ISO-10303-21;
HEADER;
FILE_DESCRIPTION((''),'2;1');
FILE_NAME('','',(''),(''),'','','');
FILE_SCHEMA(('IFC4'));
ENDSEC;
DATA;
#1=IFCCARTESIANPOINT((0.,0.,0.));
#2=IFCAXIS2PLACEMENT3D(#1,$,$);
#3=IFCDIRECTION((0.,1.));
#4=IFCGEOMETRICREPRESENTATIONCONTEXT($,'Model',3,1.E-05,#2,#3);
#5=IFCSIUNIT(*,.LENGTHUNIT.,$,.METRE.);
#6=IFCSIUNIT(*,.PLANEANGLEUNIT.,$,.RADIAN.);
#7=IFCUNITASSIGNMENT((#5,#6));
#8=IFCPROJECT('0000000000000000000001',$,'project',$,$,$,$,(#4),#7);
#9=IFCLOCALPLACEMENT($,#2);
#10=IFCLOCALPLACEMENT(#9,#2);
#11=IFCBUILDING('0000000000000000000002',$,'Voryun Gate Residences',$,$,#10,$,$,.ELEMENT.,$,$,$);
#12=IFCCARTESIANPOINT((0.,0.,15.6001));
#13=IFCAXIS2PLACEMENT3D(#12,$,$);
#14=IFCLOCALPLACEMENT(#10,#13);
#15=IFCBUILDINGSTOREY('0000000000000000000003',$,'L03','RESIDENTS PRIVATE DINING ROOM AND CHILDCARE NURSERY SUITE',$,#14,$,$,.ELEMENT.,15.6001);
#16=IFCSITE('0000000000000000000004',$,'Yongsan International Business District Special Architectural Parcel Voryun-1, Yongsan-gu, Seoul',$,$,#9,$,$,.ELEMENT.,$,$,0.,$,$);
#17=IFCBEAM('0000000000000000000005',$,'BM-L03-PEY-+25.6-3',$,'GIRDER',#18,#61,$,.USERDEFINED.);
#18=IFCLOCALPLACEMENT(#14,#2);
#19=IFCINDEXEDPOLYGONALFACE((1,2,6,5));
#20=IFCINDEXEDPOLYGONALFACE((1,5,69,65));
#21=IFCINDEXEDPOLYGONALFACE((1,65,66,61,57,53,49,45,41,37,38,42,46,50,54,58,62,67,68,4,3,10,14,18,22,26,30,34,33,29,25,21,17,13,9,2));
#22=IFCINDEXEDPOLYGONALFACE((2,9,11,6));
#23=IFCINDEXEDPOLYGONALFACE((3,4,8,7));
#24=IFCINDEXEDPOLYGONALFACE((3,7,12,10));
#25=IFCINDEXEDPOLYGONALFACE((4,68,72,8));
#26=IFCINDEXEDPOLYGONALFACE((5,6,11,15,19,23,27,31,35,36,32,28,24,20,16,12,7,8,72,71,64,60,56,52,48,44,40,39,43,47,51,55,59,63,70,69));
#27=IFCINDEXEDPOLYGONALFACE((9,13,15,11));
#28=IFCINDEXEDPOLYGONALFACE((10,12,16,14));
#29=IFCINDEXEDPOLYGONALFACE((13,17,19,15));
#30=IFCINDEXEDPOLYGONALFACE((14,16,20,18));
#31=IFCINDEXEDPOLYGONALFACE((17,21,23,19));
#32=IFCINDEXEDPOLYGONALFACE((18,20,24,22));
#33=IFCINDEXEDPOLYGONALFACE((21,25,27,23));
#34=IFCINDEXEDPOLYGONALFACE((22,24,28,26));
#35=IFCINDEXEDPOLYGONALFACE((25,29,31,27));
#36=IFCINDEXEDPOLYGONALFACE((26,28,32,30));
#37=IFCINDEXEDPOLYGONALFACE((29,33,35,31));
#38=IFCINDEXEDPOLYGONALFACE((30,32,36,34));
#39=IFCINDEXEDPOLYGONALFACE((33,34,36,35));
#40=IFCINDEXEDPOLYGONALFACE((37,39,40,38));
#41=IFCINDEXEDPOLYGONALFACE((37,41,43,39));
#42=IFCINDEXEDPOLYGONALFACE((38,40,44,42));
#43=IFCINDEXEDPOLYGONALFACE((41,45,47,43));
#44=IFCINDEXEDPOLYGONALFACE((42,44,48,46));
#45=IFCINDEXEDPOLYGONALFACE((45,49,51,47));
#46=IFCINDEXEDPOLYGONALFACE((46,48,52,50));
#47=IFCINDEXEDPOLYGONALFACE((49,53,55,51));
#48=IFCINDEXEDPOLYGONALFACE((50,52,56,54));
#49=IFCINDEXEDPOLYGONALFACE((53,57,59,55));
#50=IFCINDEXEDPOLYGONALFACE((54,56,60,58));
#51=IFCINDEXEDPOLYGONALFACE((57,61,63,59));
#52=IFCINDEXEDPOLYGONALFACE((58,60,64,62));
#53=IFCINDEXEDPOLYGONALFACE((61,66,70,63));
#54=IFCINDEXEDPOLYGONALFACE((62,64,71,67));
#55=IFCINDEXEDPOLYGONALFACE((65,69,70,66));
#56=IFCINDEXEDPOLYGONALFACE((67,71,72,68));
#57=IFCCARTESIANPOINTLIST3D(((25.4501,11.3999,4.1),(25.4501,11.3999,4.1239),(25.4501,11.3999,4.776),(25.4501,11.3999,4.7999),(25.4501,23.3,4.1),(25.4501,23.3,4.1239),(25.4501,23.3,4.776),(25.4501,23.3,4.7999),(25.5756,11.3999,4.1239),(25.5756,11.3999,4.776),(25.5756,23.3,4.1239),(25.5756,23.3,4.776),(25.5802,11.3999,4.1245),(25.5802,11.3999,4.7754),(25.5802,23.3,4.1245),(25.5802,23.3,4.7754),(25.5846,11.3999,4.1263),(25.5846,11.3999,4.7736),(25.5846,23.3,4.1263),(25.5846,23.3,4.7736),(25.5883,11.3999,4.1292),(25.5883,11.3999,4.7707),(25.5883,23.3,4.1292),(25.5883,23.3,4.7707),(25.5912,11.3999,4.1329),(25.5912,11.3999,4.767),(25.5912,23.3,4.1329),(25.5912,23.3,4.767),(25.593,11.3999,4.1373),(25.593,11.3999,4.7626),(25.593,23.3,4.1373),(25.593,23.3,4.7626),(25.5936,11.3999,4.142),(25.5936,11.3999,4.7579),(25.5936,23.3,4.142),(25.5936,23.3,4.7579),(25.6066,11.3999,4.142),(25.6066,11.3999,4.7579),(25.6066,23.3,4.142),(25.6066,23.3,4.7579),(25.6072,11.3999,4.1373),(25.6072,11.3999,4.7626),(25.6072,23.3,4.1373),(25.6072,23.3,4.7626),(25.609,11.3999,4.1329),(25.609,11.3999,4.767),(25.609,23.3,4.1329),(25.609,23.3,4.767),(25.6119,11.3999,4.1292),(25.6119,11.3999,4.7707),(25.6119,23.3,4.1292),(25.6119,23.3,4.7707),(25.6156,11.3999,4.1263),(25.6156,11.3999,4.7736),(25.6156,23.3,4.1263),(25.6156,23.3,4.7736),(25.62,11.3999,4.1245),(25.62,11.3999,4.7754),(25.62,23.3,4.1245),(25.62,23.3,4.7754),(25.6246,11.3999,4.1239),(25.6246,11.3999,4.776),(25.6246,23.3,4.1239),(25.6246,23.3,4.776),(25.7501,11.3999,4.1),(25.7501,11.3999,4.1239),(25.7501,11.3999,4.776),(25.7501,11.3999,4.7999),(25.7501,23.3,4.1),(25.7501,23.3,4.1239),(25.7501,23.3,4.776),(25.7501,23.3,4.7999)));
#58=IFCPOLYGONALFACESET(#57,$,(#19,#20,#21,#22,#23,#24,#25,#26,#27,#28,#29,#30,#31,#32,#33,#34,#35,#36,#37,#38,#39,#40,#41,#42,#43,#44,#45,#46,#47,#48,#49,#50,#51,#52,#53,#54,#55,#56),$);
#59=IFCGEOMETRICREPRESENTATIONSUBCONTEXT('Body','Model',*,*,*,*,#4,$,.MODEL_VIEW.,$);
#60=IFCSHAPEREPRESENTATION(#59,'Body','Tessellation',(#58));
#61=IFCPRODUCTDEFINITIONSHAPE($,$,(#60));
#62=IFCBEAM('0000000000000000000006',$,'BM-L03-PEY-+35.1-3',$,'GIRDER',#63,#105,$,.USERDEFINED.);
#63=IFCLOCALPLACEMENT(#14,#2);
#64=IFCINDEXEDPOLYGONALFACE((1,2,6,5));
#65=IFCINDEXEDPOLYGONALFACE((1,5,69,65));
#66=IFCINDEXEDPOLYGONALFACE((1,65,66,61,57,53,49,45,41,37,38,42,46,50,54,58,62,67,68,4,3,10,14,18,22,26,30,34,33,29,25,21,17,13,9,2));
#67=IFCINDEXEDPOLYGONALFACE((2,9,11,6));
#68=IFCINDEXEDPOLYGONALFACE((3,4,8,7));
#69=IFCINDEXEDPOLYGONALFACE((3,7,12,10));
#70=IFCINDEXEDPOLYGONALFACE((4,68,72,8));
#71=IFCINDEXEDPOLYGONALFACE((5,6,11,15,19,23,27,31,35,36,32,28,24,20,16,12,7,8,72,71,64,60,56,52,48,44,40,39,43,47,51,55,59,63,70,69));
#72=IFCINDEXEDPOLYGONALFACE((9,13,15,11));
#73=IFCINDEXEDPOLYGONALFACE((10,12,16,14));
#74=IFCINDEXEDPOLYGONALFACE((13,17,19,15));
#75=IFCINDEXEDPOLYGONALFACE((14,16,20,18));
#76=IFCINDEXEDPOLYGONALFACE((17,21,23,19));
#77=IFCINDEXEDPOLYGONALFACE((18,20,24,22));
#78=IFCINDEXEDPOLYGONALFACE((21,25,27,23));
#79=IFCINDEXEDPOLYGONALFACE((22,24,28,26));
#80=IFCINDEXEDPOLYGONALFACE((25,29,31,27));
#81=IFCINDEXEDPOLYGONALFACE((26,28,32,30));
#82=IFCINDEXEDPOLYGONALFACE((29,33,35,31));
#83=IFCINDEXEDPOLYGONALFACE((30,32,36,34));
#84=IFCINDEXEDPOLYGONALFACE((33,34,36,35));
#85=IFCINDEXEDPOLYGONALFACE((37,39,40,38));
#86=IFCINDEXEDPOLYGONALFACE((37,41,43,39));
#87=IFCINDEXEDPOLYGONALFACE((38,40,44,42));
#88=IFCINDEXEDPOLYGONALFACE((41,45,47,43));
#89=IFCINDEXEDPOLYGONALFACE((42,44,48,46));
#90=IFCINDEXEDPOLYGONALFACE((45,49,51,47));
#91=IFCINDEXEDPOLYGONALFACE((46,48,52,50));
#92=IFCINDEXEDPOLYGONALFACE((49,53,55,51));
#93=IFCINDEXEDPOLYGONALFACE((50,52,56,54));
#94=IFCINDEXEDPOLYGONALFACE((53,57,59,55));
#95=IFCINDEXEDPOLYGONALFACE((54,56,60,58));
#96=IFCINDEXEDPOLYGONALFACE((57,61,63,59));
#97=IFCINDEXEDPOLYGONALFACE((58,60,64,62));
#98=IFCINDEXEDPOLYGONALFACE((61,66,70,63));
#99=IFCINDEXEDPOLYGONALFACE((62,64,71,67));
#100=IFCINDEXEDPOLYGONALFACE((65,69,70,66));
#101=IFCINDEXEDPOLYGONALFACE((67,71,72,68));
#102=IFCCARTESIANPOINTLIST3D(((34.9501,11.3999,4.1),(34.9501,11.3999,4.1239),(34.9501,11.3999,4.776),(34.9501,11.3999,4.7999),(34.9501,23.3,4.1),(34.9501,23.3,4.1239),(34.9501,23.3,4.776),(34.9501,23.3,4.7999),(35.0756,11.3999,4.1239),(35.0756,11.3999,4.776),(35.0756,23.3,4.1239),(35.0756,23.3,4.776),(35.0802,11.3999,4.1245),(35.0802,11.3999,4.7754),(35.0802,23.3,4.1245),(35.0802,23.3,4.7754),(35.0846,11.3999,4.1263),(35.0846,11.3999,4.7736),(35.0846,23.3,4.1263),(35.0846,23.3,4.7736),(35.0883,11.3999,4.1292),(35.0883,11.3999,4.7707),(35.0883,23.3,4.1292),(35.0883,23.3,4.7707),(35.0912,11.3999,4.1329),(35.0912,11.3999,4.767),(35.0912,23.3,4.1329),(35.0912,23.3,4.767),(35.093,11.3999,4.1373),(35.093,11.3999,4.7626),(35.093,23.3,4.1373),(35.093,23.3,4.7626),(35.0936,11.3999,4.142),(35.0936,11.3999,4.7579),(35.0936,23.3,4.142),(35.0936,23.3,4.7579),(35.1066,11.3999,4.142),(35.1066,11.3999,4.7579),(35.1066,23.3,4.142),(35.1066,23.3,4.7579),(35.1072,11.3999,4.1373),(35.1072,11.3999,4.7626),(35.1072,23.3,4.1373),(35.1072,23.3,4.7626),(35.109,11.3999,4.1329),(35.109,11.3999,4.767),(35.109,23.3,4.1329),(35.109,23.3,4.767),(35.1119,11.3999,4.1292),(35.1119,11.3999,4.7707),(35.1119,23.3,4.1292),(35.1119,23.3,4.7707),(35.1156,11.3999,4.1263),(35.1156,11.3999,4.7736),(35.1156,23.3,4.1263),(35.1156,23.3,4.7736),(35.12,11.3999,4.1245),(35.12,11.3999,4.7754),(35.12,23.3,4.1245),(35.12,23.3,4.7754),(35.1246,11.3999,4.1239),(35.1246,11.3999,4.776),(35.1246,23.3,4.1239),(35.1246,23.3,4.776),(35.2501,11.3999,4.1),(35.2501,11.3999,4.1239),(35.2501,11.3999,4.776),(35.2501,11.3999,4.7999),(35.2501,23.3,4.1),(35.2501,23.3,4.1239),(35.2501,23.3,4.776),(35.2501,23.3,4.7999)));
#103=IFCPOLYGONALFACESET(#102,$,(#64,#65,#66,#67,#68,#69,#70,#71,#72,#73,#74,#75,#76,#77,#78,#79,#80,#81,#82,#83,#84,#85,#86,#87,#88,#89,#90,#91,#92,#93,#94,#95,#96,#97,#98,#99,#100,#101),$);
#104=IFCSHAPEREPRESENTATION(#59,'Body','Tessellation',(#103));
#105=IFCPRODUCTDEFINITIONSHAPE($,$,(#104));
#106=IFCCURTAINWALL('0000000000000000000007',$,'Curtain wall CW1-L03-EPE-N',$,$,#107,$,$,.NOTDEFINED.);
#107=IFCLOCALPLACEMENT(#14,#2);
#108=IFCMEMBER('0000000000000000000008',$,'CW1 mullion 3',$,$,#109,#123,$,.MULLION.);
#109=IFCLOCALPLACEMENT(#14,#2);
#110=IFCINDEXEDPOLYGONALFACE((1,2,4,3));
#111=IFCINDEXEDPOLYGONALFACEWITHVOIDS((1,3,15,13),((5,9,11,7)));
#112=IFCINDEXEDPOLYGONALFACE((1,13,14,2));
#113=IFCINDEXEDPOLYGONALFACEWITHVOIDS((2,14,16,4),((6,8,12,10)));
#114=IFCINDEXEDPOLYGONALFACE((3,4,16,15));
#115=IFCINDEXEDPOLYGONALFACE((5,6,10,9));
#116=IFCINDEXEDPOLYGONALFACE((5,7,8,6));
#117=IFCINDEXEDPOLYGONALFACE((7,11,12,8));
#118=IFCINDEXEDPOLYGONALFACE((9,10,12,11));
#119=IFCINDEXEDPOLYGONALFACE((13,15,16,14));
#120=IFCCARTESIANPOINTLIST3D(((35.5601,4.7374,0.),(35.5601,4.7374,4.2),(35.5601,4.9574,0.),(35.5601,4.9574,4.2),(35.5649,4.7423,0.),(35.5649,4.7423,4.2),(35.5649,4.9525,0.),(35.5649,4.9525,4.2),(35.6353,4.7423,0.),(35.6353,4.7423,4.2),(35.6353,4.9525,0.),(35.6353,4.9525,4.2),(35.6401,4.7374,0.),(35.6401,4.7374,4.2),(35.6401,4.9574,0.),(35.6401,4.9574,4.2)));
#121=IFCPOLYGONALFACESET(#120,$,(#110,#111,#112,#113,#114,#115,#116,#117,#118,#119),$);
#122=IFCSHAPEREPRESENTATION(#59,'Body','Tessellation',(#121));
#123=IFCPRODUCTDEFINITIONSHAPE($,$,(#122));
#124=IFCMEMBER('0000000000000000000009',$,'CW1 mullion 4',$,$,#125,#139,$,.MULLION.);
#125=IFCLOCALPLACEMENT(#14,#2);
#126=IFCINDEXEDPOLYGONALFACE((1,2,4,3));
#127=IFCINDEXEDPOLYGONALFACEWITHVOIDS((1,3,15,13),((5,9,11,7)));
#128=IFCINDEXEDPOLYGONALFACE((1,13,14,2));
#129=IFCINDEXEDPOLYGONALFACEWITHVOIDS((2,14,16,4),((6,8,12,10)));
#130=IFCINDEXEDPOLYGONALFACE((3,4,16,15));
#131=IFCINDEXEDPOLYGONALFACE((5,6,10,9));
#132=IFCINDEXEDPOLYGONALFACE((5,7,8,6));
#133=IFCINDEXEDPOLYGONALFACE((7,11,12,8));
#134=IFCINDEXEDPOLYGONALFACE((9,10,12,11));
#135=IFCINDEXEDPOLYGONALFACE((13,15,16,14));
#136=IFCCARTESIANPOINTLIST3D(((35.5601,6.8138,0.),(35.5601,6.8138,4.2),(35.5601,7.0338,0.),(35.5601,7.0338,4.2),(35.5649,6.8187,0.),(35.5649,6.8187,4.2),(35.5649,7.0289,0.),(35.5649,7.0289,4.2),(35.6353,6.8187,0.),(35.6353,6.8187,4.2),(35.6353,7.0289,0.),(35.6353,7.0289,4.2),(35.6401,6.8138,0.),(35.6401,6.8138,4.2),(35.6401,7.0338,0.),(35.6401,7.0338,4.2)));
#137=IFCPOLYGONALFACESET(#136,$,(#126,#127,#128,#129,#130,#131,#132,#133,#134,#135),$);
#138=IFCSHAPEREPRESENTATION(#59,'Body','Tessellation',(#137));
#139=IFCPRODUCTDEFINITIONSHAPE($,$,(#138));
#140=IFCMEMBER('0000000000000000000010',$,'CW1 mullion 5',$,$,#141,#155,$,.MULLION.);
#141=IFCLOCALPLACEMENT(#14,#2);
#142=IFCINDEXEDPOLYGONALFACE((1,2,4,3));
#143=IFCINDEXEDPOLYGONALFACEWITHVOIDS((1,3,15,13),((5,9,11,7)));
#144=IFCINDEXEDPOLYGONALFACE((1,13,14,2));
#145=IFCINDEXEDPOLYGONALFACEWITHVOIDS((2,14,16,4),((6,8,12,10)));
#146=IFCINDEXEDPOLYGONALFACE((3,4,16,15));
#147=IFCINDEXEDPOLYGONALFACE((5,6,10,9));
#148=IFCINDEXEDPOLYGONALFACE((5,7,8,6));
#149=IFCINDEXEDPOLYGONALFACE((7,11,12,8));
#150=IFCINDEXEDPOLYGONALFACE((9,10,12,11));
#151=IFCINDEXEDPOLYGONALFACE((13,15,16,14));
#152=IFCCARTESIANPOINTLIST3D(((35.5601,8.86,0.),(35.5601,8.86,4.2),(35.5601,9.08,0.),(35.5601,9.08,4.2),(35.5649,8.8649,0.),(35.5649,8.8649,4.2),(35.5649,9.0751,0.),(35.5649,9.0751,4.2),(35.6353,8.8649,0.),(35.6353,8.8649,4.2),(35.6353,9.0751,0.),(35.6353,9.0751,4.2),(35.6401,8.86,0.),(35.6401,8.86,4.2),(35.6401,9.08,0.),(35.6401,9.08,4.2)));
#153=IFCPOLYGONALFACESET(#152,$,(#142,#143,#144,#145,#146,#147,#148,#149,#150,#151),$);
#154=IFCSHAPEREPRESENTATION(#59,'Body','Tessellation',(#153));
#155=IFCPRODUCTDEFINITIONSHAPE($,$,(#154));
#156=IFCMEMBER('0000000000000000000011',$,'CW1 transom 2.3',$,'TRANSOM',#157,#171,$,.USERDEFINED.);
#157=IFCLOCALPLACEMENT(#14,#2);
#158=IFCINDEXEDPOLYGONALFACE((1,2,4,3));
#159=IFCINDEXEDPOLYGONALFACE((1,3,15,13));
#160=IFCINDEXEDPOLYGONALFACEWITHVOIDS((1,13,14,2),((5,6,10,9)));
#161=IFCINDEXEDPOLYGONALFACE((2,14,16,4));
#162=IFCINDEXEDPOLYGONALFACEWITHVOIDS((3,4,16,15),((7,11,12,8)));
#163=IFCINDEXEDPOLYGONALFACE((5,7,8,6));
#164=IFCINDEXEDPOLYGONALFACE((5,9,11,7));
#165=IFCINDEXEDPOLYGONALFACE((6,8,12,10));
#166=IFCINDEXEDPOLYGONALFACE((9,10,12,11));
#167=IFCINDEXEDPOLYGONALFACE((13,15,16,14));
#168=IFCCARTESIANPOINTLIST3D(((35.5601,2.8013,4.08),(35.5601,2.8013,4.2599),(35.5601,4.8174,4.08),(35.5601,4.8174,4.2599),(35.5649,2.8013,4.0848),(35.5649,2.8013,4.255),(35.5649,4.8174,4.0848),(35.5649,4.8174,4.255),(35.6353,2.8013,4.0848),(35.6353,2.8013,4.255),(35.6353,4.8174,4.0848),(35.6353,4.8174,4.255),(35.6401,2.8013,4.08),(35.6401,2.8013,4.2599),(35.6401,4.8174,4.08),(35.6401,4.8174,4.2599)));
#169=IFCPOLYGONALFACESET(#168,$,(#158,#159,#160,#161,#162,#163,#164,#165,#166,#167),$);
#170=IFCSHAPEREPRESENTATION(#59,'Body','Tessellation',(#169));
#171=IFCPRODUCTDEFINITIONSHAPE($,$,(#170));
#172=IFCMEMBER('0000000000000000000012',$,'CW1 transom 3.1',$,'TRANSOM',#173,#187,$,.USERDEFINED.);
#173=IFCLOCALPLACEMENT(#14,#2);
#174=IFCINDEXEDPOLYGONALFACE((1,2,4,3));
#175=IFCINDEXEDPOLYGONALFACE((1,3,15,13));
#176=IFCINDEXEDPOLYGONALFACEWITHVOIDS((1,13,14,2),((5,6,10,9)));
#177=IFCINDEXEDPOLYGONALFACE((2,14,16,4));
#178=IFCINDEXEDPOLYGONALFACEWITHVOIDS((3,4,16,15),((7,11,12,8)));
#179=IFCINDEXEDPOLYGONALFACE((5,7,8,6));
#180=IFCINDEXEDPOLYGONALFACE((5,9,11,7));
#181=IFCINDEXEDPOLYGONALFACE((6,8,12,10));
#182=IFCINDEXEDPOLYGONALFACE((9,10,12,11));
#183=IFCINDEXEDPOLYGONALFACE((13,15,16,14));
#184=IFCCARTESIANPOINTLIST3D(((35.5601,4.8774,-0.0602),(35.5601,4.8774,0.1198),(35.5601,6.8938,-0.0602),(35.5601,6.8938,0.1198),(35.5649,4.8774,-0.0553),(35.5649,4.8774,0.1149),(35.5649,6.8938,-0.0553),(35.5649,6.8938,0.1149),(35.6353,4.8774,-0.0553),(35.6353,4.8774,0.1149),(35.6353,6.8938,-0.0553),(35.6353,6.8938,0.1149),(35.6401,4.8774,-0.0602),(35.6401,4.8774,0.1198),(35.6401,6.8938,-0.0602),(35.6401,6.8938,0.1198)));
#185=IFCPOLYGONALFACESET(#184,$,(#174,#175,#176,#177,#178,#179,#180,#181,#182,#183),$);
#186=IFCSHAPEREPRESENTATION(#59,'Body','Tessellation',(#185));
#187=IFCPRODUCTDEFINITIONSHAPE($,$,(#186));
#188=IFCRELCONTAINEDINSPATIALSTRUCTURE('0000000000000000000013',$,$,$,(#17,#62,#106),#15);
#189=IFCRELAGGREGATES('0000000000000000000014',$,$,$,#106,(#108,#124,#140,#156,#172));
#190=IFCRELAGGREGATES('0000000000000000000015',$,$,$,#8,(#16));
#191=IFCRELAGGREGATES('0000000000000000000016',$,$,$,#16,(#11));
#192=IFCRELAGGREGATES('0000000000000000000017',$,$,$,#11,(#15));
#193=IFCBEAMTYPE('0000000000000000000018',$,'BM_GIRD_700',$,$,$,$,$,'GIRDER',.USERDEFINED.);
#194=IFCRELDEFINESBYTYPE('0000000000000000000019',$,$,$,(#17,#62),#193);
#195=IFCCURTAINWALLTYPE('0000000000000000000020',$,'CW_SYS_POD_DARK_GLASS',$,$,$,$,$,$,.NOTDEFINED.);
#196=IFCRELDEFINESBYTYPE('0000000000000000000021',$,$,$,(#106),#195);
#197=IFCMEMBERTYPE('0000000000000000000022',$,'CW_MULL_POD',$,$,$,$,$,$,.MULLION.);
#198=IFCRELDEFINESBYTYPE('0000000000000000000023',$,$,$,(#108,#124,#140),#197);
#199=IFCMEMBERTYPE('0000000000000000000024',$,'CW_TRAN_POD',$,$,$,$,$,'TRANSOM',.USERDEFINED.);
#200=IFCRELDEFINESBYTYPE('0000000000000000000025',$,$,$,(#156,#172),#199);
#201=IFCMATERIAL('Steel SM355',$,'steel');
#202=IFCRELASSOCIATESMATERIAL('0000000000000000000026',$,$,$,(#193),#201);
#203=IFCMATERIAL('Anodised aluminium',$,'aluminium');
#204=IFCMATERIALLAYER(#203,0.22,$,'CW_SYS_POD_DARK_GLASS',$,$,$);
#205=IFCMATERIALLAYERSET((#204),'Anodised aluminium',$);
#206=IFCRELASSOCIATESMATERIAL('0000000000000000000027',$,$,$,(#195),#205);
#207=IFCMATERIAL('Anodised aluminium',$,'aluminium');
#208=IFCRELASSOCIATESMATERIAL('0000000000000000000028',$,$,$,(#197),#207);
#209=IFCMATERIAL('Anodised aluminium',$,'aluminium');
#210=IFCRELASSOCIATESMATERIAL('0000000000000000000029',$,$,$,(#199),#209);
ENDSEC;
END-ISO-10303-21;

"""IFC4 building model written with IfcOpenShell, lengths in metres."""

from ifc_helpers import new_model, si_unit, direction, frame, origin, origin_2d, place, context, subcontext, project, spatial, hollow_rectangle, i_section, extrude, material, layer, layer_set, material_profile, profile_set, type_object, element, aggregate, save


model = new_model("IFC4")

# Units and contexts
model_context = context("Model", 3, precision=1e-05, world=origin(), true_north=direction((0.0, 1.0)))
body_context = subcontext(model_context, "Body", "Model", "MODEL_VIEW")
ifc_project = project(units=[si_unit("LENGTHUNIT", "METRE"), si_unit("PLANEANGLEUNIT", "RADIAN")], contexts=[model_context])

# Site, building, storey
site_placement = place(None, origin())
site = spatial("IfcSite", under=ifc_project, at=site_placement, Name="Yongsan International Business District Special Architectural Parcel Voryun-1, Yongsan-gu, Seoul", CompositionType="ELEMENT", RefElevation=0.0)
building_placement = place(site_placement, origin())
building = spatial("IfcBuilding", under=site, at=building_placement, Name="Voryun Gate Residences", CompositionType="ELEMENT")
storey_placement = place(building_placement, frame((0.0, 0.0, 15.6001)))
storey = spatial("IfcBuildingStorey", under=building, at=storey_placement, Name="L03", Description="RESIDENTS PRIVATE DINING ROOM AND CHILDCARE NURSERY SUITE", CompositionType="ELEMENT", Elevation=15.6001)

# Beams
ifc_material_1 = material(Name="Steel SM355", Category="steel")
ifc_material_profile_1 = material_profile(ifc_material_1, i_section(OverallWidth=0.3, OverallDepth=0.7, WebThickness=0.0129, FlangeThickness=0.0239, FilletRadius=0.0181, at=origin_2d()), Name="H-700x300x13x24")
ifc_profile_set_1 = profile_set([ifc_material_profile_1], Name="Steel SM355")
beam_type = type_object("IfcBeamType", Name="BM_GIRD_700", ElementType="GIRDER", PredefinedType="USERDEFINED", material=ifc_profile_set_1)
for number, where, z_axis, x_axis, name in (
    (1, (25.6001, 11.3999, 4.45), (0.0, 1.0, 0.0), (-1.0, 0.0, 0.0), "BM-L03-PEY-+25.6-3"),
    (2, (35.1001, 11.3999, 4.45), (0.0, 1.0, 0.0), (-1.0, 0.0, 0.0), "BM-L03-PEY-+35.1-3"),
):
    element("IfcBeam", number, at=place(storey_placement, frame(where, z_axis=z_axis, x_axis=x_axis)), inside=storey, type_object=beam_type, Name=name, ObjectType="GIRDER", PredefinedType="USERDEFINED", context=body_context, shape_type="SweptSolid", body=[
        extrude(i_section(OverallWidth=0.3, OverallDepth=0.7, WebThickness=0.0129, FlangeThickness=0.0239, FilletRadius=0.0181, at=origin_2d()), origin(), (0.0, 0.0, 1.0), 11.9001),
    ])

# Curtain wall, members
ifc_material_2 = material(Name="Anodised aluminium", Category="aluminium")
ifc_layer_1 = layer(ifc_material_2, 0.22, Name="CW_SYS_POD_DARK_GLASS")
ifc_layer_set_1 = layer_set([ifc_layer_1], Name="Anodised aluminium")
curtain_wall_type = type_object("IfcCurtainWallType", Name="CW_SYS_POD_DARK_GLASS", PredefinedType="NOTDEFINED", material=ifc_layer_set_1)
curtain_wall_placement = place(storey_placement, origin())
curtain_wall = element("IfcCurtainWall", 3, at=curtain_wall_placement, inside=storey, type_object=curtain_wall_type, Name="Curtain wall CW1-L03-EPE-N", PredefinedType="NOTDEFINED")
ifc_material_3 = material(Name="Anodised aluminium", Category="aluminium")
ifc_material_profile_2 = material_profile(ifc_material_3, hollow_rectangle(XDim=0.0801, YDim=0.22, WallThickness=0.0049, at=origin_2d()), Name="ALU-MULL-220x80x5")
ifc_profile_set_2 = profile_set([ifc_material_profile_2], Name="Anodised aluminium")
member_type_1 = type_object("IfcMemberType", Name="CW_MULL_POD", PredefinedType="MULLION", material=ifc_profile_set_2)
member_1_placement = place(storey_placement, frame((35.6001, 4.8474, 0.0), z_axis=(0.0, 0.0, 1.0), x_axis=(-1.0, 0.0, 0.0)))
member_1 = element("IfcMember", 4, at=member_1_placement, type_object=member_type_1, Name="CW1 mullion 3", PredefinedType="MULLION", context=body_context, shape_type="SweptSolid", body=[
    extrude(hollow_rectangle(XDim=0.0801, YDim=0.22, WallThickness=0.0049, at=origin_2d()), origin(), (0.0, 0.0, 1.0), 4.2),
])
member_2_placement = place(storey_placement, frame((35.6001, 6.9238, 0.0), z_axis=(0.0, 0.0, 1.0), x_axis=(-1.0, 0.0, 0.0)))
member_2 = element("IfcMember", 5, at=member_2_placement, type_object=member_type_1, Name="CW1 mullion 4", PredefinedType="MULLION", context=body_context, shape_type="SweptSolid", body=[
    extrude(hollow_rectangle(XDim=0.0801, YDim=0.22, WallThickness=0.0049, at=origin_2d()), origin(), (0.0, 0.0, 1.0), 4.2),
])
member_3_placement = place(storey_placement, frame((35.6001, 8.97, 0.0), z_axis=(0.0, 0.0, 1.0), x_axis=(-1.0, 0.0, 0.0)))
member_3 = element("IfcMember", 6, at=member_3_placement, type_object=member_type_1, Name="CW1 mullion 5", PredefinedType="MULLION", context=body_context, shape_type="SweptSolid", body=[
    extrude(hollow_rectangle(XDim=0.0801, YDim=0.22, WallThickness=0.0049, at=origin_2d()), origin(), (0.0, 0.0, 1.0), 4.2),
])
ifc_material_4 = material(Name="Anodised aluminium", Category="aluminium")
ifc_material_profile_3 = material_profile(ifc_material_4, hollow_rectangle(XDim=0.0801, YDim=0.1799, WallThickness=0.0049, at=origin_2d()), Name="ALU-TRAN-180x80x5")
ifc_profile_set_3 = profile_set([ifc_material_profile_3], Name="Anodised aluminium")
member_type_2 = type_object("IfcMemberType", Name="CW_TRAN_POD", ElementType="TRANSOM", PredefinedType="USERDEFINED", material=ifc_profile_set_3)
member_4_placement = place(storey_placement, frame((35.6001, 2.8013, 4.1699), z_axis=(0.0, 1.0, 0.0), x_axis=(-1.0, 0.0, 0.0)))
member_4 = element("IfcMember", 7, at=member_4_placement, type_object=member_type_2, Name="CW1 transom 2.3", ObjectType="TRANSOM", PredefinedType="USERDEFINED", context=body_context, shape_type="SweptSolid", body=[
    extrude(hollow_rectangle(XDim=0.0801, YDim=0.1799, WallThickness=0.0049, at=origin_2d()), origin(), (0.0, 0.0, 1.0), 2.0161),
])
member_5_placement = place(storey_placement, frame((35.6001, 4.8774, 0.0298), z_axis=(0.0, 1.0, 0.0), x_axis=(-1.0, 0.0, 0.0)))
member_5 = element("IfcMember", 8, at=member_5_placement, type_object=member_type_2, Name="CW1 transom 3.1", ObjectType="TRANSOM", PredefinedType="USERDEFINED", context=body_context, shape_type="SweptSolid", body=[
    extrude(hollow_rectangle(XDim=0.0801, YDim=0.1799, WallThickness=0.0049, at=origin_2d()), origin(), (0.0, 0.0, 1.0), 2.0164),
])
aggregate(curtain_wall, [member_1, member_2, member_3, member_4, member_5])

save(model, "model.ifc")
